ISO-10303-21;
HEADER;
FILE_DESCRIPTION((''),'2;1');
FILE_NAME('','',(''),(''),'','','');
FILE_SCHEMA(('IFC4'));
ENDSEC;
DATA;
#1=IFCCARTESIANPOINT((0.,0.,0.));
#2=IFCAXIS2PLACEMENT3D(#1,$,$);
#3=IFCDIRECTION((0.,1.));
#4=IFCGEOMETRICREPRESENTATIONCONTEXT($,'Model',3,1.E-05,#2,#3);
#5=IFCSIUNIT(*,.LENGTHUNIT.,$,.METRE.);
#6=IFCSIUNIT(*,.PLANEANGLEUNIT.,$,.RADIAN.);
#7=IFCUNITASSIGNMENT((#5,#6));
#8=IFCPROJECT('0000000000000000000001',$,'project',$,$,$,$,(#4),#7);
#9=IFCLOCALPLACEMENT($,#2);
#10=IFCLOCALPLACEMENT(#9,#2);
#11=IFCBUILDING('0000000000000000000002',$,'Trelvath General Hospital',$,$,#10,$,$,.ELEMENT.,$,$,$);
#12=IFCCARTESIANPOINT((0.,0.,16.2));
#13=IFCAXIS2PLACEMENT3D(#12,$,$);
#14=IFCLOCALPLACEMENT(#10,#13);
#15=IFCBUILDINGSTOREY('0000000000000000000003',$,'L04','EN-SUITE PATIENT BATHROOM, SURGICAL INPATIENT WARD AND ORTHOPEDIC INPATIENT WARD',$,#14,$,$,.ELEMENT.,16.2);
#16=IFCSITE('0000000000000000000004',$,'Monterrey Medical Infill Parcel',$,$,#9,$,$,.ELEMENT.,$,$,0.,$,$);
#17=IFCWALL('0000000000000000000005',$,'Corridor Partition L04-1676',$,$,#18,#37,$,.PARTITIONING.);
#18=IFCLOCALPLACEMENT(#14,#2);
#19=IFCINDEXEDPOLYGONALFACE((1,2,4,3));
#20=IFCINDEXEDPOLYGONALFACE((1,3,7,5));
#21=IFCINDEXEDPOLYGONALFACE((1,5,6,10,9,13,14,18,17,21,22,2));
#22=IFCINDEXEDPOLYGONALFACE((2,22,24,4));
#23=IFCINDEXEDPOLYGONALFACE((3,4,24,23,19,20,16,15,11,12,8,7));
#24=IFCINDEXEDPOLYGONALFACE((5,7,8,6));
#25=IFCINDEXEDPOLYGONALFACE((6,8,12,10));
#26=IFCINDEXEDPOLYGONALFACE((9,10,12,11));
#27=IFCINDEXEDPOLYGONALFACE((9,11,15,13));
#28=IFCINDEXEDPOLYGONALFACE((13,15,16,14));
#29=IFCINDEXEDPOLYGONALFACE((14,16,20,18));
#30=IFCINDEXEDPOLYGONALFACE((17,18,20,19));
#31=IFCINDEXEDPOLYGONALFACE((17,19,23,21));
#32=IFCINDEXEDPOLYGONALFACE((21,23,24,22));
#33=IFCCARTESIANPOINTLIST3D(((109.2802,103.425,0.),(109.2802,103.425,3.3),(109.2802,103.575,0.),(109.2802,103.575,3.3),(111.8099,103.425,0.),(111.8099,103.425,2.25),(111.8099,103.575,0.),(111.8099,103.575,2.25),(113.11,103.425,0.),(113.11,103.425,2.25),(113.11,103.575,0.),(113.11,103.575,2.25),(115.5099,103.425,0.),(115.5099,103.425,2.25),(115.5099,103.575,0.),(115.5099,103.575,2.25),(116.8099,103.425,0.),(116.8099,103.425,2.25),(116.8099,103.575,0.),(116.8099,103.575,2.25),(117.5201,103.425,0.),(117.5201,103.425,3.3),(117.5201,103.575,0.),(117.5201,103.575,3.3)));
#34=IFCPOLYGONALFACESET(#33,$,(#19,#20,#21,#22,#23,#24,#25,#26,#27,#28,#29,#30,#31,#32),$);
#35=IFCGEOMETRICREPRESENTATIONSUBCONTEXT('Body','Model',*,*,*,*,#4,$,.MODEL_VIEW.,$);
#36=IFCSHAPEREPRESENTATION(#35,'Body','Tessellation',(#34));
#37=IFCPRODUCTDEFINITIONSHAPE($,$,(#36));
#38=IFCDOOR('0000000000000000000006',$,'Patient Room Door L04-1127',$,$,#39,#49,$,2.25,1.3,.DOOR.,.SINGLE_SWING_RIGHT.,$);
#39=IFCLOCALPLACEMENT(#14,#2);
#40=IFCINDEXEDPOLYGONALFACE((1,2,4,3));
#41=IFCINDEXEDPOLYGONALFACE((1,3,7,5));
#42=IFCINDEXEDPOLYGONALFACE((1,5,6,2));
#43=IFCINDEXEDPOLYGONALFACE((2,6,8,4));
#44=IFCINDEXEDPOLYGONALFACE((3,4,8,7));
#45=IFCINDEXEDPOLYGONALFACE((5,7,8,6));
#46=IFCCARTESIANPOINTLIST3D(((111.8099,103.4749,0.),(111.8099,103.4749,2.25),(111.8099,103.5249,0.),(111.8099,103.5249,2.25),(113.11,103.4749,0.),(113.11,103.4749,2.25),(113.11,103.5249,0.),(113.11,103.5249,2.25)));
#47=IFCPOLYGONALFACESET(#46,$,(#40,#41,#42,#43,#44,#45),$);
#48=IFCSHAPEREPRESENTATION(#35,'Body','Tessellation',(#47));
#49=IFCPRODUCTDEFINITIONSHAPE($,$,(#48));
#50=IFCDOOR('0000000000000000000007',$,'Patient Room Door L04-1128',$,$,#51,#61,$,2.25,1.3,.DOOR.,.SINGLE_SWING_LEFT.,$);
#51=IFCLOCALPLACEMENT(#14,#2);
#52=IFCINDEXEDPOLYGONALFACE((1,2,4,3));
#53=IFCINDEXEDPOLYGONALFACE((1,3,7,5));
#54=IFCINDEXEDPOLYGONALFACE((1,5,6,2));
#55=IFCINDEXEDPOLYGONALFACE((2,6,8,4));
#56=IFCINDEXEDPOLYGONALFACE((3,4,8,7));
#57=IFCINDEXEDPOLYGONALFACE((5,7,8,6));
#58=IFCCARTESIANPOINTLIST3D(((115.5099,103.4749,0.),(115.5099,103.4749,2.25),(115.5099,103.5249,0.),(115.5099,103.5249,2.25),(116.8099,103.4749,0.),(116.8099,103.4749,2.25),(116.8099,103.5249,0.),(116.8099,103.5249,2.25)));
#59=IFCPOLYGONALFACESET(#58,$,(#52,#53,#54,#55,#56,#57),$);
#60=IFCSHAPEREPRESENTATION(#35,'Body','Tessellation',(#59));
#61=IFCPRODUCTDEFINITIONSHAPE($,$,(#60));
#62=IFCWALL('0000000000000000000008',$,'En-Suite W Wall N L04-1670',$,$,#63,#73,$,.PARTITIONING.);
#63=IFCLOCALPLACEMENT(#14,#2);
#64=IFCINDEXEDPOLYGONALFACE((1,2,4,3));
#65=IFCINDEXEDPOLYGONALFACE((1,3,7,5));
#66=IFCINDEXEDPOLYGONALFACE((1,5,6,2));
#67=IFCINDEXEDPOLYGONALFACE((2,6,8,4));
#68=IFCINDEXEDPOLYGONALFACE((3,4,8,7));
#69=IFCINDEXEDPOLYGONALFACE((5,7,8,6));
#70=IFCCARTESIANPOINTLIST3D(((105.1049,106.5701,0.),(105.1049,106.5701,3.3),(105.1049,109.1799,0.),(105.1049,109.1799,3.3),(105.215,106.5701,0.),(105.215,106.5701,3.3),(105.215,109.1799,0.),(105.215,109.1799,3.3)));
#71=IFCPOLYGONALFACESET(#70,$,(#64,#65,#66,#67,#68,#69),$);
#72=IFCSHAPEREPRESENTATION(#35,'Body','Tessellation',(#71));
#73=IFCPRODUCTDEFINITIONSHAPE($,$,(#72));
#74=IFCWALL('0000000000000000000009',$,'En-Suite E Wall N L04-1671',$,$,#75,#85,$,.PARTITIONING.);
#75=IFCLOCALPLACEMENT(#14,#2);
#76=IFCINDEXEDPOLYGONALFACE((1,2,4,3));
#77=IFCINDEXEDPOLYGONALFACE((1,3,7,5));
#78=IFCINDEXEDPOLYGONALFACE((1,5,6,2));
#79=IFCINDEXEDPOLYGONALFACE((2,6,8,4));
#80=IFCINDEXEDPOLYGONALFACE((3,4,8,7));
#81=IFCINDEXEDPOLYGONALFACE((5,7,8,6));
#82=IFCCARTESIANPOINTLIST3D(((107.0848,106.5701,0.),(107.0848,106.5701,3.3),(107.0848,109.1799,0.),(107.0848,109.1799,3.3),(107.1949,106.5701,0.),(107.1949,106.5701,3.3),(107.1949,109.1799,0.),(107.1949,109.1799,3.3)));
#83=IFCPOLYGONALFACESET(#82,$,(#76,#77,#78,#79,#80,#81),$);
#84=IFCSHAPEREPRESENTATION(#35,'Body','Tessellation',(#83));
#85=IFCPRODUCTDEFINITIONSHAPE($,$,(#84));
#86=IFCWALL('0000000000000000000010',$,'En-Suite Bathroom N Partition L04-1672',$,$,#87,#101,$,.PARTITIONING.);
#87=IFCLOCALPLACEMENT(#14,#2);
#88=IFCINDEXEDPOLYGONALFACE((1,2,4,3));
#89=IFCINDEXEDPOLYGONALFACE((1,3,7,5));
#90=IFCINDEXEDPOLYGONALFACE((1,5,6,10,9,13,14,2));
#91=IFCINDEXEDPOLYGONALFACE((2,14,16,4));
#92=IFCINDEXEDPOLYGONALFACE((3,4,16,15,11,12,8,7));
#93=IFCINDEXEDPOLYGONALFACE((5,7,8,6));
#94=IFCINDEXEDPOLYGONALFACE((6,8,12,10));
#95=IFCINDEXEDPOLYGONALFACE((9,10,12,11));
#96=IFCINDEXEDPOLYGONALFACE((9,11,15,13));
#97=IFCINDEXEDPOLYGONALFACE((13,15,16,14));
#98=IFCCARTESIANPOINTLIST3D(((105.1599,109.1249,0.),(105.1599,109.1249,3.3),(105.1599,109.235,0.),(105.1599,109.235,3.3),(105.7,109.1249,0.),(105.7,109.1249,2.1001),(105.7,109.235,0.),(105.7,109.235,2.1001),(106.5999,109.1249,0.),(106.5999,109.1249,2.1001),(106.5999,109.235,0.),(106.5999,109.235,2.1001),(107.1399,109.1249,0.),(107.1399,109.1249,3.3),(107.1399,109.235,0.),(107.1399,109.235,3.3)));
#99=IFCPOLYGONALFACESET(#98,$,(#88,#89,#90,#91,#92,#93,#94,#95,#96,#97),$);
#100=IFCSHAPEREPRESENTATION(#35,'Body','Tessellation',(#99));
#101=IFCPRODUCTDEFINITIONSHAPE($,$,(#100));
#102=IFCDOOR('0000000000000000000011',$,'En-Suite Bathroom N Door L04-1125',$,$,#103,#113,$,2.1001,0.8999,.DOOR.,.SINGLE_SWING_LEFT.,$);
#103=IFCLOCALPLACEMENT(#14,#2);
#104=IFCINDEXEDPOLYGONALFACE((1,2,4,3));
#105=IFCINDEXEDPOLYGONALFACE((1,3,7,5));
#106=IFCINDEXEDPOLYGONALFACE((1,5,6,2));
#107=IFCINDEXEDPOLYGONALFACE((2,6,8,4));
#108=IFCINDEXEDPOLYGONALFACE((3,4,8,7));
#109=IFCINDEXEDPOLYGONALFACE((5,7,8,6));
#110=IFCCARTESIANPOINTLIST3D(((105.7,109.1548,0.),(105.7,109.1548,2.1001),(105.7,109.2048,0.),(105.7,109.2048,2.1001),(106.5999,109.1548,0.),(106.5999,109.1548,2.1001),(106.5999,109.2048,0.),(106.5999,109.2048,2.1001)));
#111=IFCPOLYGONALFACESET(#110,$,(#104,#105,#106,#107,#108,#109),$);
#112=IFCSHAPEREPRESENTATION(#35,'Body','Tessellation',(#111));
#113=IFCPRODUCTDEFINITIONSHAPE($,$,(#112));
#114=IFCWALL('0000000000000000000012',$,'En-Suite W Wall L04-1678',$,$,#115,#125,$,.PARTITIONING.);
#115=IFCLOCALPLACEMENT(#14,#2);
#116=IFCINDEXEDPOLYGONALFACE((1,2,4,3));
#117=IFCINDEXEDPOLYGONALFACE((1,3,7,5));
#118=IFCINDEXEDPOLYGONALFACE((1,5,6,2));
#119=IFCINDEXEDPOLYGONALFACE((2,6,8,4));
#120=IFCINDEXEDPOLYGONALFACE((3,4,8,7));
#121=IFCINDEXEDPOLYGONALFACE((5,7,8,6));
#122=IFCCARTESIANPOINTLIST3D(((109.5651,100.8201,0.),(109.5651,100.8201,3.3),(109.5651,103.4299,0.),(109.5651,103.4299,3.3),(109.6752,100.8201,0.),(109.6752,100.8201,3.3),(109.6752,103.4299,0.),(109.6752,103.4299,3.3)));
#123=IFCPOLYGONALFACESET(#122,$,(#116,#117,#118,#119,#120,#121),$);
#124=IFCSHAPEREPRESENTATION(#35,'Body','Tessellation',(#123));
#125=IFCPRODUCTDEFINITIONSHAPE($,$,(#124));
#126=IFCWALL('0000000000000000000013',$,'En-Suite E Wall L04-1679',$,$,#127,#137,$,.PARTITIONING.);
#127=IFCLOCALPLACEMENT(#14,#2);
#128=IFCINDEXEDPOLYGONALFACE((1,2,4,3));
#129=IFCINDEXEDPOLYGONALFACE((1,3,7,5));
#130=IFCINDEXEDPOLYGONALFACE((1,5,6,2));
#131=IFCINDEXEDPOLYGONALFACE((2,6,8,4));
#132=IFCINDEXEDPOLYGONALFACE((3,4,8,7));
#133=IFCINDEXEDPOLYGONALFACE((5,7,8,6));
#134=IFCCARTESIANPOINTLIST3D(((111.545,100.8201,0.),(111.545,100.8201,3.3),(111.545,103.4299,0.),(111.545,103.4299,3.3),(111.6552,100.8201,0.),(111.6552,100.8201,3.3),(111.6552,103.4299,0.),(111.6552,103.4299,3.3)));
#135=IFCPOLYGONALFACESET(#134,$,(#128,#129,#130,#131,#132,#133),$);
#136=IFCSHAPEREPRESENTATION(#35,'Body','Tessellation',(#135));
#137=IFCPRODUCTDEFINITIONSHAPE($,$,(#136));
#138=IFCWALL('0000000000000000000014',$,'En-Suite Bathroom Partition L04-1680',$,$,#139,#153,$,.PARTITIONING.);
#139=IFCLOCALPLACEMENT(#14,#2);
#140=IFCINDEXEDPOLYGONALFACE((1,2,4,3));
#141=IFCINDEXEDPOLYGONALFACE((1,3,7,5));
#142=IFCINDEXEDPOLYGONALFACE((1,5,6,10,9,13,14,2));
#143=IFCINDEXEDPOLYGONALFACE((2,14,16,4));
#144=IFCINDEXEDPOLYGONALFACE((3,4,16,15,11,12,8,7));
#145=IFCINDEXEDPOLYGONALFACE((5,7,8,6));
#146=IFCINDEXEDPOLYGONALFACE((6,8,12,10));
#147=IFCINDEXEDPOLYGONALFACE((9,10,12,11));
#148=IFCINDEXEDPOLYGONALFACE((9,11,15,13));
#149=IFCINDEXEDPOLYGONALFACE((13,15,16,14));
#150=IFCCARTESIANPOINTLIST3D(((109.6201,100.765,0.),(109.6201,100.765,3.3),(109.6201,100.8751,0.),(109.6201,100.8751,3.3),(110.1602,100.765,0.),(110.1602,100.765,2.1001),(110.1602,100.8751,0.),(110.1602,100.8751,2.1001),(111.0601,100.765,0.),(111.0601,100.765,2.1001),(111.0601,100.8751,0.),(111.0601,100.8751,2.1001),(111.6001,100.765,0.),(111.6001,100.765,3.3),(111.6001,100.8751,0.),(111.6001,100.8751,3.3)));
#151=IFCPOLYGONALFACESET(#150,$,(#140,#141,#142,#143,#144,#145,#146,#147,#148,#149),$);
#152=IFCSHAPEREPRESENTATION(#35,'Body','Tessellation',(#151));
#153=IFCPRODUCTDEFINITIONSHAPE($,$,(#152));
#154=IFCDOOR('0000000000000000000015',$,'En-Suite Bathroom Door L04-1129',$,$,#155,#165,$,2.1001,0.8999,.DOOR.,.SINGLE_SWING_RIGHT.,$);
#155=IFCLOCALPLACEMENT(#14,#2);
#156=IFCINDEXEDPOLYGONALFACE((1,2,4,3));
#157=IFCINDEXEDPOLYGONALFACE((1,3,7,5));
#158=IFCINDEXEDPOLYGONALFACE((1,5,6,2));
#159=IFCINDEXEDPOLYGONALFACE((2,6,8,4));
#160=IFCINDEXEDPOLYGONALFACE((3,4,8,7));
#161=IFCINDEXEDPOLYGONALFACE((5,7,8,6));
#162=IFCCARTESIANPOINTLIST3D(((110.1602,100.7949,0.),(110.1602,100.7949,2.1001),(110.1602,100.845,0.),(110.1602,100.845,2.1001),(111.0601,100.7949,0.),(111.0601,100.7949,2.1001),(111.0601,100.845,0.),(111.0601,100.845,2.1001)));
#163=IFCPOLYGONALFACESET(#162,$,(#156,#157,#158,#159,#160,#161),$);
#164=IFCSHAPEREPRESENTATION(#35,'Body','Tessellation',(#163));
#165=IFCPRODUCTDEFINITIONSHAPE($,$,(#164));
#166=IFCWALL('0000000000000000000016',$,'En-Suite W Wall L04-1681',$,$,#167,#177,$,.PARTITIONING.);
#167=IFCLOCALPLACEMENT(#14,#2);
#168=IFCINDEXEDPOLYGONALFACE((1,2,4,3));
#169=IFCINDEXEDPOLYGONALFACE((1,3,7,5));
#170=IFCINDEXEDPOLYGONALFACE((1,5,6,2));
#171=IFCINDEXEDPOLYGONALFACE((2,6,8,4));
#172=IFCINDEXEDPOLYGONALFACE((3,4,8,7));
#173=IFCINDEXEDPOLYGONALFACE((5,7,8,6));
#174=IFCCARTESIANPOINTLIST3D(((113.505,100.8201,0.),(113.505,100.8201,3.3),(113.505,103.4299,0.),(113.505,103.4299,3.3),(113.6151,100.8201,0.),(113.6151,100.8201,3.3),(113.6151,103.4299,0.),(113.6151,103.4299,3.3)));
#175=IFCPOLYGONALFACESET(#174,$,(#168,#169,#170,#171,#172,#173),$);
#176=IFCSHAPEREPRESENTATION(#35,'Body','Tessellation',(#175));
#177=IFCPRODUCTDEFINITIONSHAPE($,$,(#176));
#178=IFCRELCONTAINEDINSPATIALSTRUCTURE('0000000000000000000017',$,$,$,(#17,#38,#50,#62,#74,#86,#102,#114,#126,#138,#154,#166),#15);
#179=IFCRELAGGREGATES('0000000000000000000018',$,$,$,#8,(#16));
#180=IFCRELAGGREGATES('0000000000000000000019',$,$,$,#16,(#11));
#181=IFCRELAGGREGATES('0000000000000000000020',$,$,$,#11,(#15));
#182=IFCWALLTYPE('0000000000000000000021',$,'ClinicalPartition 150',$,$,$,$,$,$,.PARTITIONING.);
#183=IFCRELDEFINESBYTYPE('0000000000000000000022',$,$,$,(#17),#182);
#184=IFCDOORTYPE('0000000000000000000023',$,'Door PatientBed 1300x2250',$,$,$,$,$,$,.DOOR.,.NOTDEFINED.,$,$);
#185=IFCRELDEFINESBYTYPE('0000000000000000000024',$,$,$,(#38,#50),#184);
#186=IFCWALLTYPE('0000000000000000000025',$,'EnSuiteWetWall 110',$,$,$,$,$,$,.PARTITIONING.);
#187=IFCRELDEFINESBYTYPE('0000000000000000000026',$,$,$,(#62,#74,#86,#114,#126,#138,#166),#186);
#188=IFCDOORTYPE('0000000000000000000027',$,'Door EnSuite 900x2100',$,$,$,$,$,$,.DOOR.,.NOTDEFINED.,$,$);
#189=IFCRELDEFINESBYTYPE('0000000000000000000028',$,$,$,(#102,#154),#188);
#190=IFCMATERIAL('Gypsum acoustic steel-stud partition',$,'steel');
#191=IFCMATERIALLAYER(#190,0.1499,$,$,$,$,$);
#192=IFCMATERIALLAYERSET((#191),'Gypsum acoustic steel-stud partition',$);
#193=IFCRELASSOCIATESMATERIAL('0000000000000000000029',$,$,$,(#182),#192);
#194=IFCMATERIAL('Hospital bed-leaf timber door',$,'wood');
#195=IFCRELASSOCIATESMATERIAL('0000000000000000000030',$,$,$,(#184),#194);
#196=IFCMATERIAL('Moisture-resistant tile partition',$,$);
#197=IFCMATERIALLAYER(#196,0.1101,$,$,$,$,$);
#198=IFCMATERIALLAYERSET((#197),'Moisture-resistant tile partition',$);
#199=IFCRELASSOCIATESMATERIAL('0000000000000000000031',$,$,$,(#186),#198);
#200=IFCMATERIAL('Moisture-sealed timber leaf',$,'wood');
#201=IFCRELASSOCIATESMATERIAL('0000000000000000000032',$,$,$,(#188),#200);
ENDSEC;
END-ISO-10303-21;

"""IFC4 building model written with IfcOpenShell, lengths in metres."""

from ifc_helpers import new_model, si_unit, direction, frame, frame_2d, origin, place, context, subcontext, project, spatial, rectangle, extrude, material, layer, layer_set, type_object, element, fill, save


model = new_model("IFC4")

# Units and contexts
model_context = context("Model", 3, precision=1e-05, world=origin(), true_north=direction((0.0, 1.0)))
body_context = subcontext(model_context, "Body", "Model", "MODEL_VIEW")
ifc_project = project(units=[si_unit("LENGTHUNIT", "METRE"), si_unit("PLANEANGLEUNIT", "RADIAN")], contexts=[model_context])

# Site, building, storey
site_placement = place(None, origin())
site = spatial("IfcSite", under=ifc_project, at=site_placement, Name="Monterrey Medical Infill Parcel", CompositionType="ELEMENT", RefElevation=0.0)
building_placement = place(site_placement, origin())
building = spatial("IfcBuilding", under=site, at=building_placement, Name="Trelvath General Hospital", CompositionType="ELEMENT")
storey_placement = place(building_placement, frame((0.0, 0.0, 16.2)))
storey = spatial("IfcBuildingStorey", under=building, at=storey_placement, Name="L04", Description="EN-SUITE PATIENT BATHROOM, SURGICAL INPATIENT WARD AND ORTHOPEDIC INPATIENT WARD", CompositionType="ELEMENT", Elevation=16.2)

# Wall, openings, doors
ifc_material_1 = material(Name="Gypsum acoustic steel-stud partition", Category="steel")
ifc_layer_1 = layer(ifc_material_1, 0.1499)
ifc_layer_set_1 = layer_set([ifc_layer_1], Name="Gypsum acoustic steel-stud partition")
wall_type_1 = type_object("IfcWallType", Name="ClinicalPartition 150", PredefinedType="PARTITIONING", material=ifc_layer_set_1)
ifc_material_2 = material(Name="Hospital bed-leaf timber door", Category="wood")
door_type_1 = type_object("IfcDoorType", Name="Door PatientBed 1300x2250", OperationType="NOTDEFINED", PredefinedType="DOOR", material=ifc_material_2)
wall_1_placement = place(storey_placement, frame((109.28, 103.5, 0.0), z_axis=(0.0, 0.0, 1.0), x_axis=(1.0, 0.0, 0.0)))
wall_1 = element("IfcWall", 1, at=wall_1_placement, inside=storey, type_object=wall_type_1, Name="Corridor Partition L04-1676", PredefinedType="PARTITIONING", context=body_context, shape_type="SweptSolid", body=[
    extrude(rectangle(XDim=8.24, YDim=0.1499, at=frame_2d((4.1201, 0.0))), origin(), (0.0, 0.0, 1.0), 3.3),
])
opening_1_placement = place(wall_1_placement, frame((2.53, 0.0, 0.0)))
opening_1 = element("IfcOpeningElement", 2, at=opening_1_placement, cuts=wall_1, PredefinedType="OPENING", context=body_context, shape_type="SweptSolid", body=[
    extrude(rectangle(XDim=1.3, YDim=2.25, at=frame_2d((0.6499, 1.125))), frame((0.0, 0.085, 0.0), z_axis=(0.0, -1.0, 0.0), x_axis=(1.0, 0.0, 0.0)), (0.0, 0.0, 1.0), 0.1699),
])
opening_2_placement = place(wall_1_placement, frame((6.23, 0.0, 0.0)))
opening_2 = element("IfcOpeningElement", 3, at=opening_2_placement, cuts=wall_1, PredefinedType="OPENING", context=body_context, shape_type="SweptSolid", body=[
    extrude(rectangle(XDim=1.3, YDim=2.25, at=frame_2d((0.6499, 1.125))), frame((0.0, 0.085, 0.0), z_axis=(0.0, -1.0, 0.0), x_axis=(1.0, 0.0, 0.0)), (0.0, 0.0, 1.0), 0.1699),
])
door_1_placement = place(opening_1_placement, origin())
door_1 = element("IfcDoor", 4, at=door_1_placement, inside=storey, type_object=door_type_1, Name="Patient Room Door L04-1127", OperationType="SINGLE_SWING_RIGHT", OverallHeight=2.25, OverallWidth=1.3, PredefinedType="DOOR", context=body_context, shape_type="SweptSolid", body=[
    extrude(rectangle(XDim=1.3, YDim=2.25, at=frame_2d((0.6499, 1.125))), frame((0.0, 0.0249, 0.0), z_axis=(0.0, -1.0, 0.0), x_axis=(1.0, 0.0, 0.0)), (0.0, 0.0, 1.0), 0.05),
])
fill(opening_1, door_1)
door_2_placement = place(opening_2_placement, origin())
door_2 = element("IfcDoor", 5, at=door_2_placement, inside=storey, type_object=door_type_1, Name="Patient Room Door L04-1128", OperationType="SINGLE_SWING_LEFT", OverallHeight=2.25, OverallWidth=1.3, PredefinedType="DOOR", context=body_context, shape_type="SweptSolid", body=[
    extrude(rectangle(XDim=1.3, YDim=2.25, at=frame_2d((0.6499, 1.125))), frame((0.0, 0.0249, 0.0), z_axis=(0.0, -1.0, 0.0), x_axis=(1.0, 0.0, 0.0)), (0.0, 0.0, 1.0), 0.05),
])
fill(opening_2, door_2)

# Walls
ifc_material_3 = material(Name="Moisture-resistant tile partition")
ifc_layer_2 = layer(ifc_material_3, 0.1101)
ifc_layer_set_2 = layer_set([ifc_layer_2], Name="Moisture-resistant tile partition")
wall_type_2 = type_object("IfcWallType", Name="EnSuiteWetWall 110", PredefinedType="PARTITIONING", material=ifc_layer_set_2)
for number, where, z_axis, x_axis, name in (
    (6, (105.1599, 106.5701, 0.0), (0.0, 0.0, 1.0), (0.0, 1.0, 0.0), "En-Suite W Wall N L04-1670"),
    (7, (107.1399, 106.5701, 0.0), (0.0, 0.0, 1.0), (0.0, 1.0, 0.0), "En-Suite E Wall N L04-1671"),
):
    element("IfcWall", number, at=place(storey_placement, frame(where, z_axis=z_axis, x_axis=x_axis)), inside=storey, type_object=wall_type_2, Name=name, PredefinedType="PARTITIONING", context=body_context, shape_type="SweptSolid", body=[
        extrude(rectangle(XDim=2.6099, YDim=0.1101, at=frame_2d((1.3049, 0.0))), origin(), (0.0, 0.0, 1.0), 3.3),
    ])

# Wall, opening, door
wall_2_placement = place(storey_placement, frame((105.1599, 109.1799, 0.0), z_axis=(0.0, 0.0, 1.0), x_axis=(1.0, 0.0, 0.0)))
wall_2 = element("IfcWall", 8, at=wall_2_placement, inside=storey, type_object=wall_type_2, Name="En-Suite Bathroom N Partition L04-1672", PredefinedType="PARTITIONING", context=body_context, shape_type="SweptSolid", body=[
    extrude(rectangle(XDim=1.98, YDim=0.1101, at=frame_2d((0.99, 0.0))), origin(), (0.0, 0.0, 1.0), 3.3),
])
opening_3_placement = place(wall_2_placement, frame((0.54, 0.0, 0.0)))
opening_3 = element("IfcOpeningElement", 9, at=opening_3_placement, cuts=wall_2, PredefinedType="OPENING", context=body_context, shape_type="SweptSolid", body=[
    extrude(rectangle(XDim=0.8999, YDim=2.1001, at=frame_2d((0.45, 1.05))), frame((0.0, 0.0649, 0.0), z_axis=(0.0, -1.0, 0.0), x_axis=(1.0, 0.0, 0.0)), (0.0, 0.0, 1.0), 0.1301),
])
ifc_material_4 = material(Name="Moisture-sealed timber leaf", Category="wood")
door_type_2 = type_object("IfcDoorType", Name="Door EnSuite 900x2100", OperationType="NOTDEFINED", PredefinedType="DOOR", material=ifc_material_4)
door_3_placement = place(opening_3_placement, origin())
door_3 = element("IfcDoor", 10, at=door_3_placement, inside=storey, type_object=door_type_2, Name="En-Suite Bathroom N Door L04-1125", OperationType="SINGLE_SWING_LEFT", OverallHeight=2.1001, OverallWidth=0.8999, PredefinedType="DOOR", context=body_context, shape_type="SweptSolid", body=[
    extrude(rectangle(XDim=0.8999, YDim=2.1001, at=frame_2d((0.45, 1.05))), frame((0.0, 0.0249, 0.0), z_axis=(0.0, -1.0, 0.0), x_axis=(1.0, 0.0, 0.0)), (0.0, 0.0, 1.0), 0.05),
])
fill(opening_3, door_3)

# Walls
for number, where, z_axis, x_axis, name in (
    (11, (109.6201, 100.8201, 0.0), (0.0, 0.0, 1.0), (0.0, 1.0, 0.0), "En-Suite W Wall L04-1678"),
    (12, (111.6001, 100.8201, 0.0), (0.0, 0.0, 1.0), (0.0, 1.0, 0.0), "En-Suite E Wall L04-1679"),
):
    element("IfcWall", number, at=place(storey_placement, frame(where, z_axis=z_axis, x_axis=x_axis)), inside=storey, type_object=wall_type_2, Name=name, PredefinedType="PARTITIONING", context=body_context, shape_type="SweptSolid", body=[
        extrude(rectangle(XDim=2.6099, YDim=0.1101, at=frame_2d((1.3049, 0.0))), origin(), (0.0, 0.0, 1.0), 3.3),
    ])

# Wall, opening, door
wall_3_placement = place(storey_placement, frame((109.6201, 100.8201, 0.0), z_axis=(0.0, 0.0, 1.0), x_axis=(1.0, 0.0, 0.0)))
wall_3 = element("IfcWall", 13, at=wall_3_placement, inside=storey, type_object=wall_type_2, Name="En-Suite Bathroom Partition L04-1680", PredefinedType="PARTITIONING", context=body_context, shape_type="SweptSolid", body=[
    extrude(rectangle(XDim=1.98, YDim=0.1101, at=frame_2d((0.99, 0.0))), origin(), (0.0, 0.0, 1.0), 3.3),
])
opening_4_placement = place(wall_3_placement, frame((0.54, 0.0, 0.0)))
opening_4 = element("IfcOpeningElement", 14, at=opening_4_placement, cuts=wall_3, PredefinedType="OPENING", context=body_context, shape_type="SweptSolid", body=[
    extrude(rectangle(XDim=0.8999, YDim=2.1001, at=frame_2d((0.45, 1.05))), frame((0.0, 0.0649, 0.0), z_axis=(0.0, -1.0, 0.0), x_axis=(1.0, 0.0, 0.0)), (0.0, 0.0, 1.0), 0.1301),
])
door_4_placement = place(opening_4_placement, origin())
door_4 = element("IfcDoor", 15, at=door_4_placement, inside=storey, type_object=door_type_2, Name="En-Suite Bathroom Door L04-1129", OperationType="SINGLE_SWING_RIGHT", OverallHeight=2.1001, OverallWidth=0.8999, PredefinedType="DOOR", context=body_context, shape_type="SweptSolid", body=[
    extrude(rectangle(XDim=0.8999, YDim=2.1001, at=frame_2d((0.45, 1.05))), frame((0.0, 0.0249, 0.0), z_axis=(0.0, -1.0, 0.0), x_axis=(1.0, 0.0, 0.0)), (0.0, 0.0, 1.0), 0.05),
])
fill(opening_4, door_4)

# Wall
wall_4_placement = place(storey_placement, frame((113.5601, 100.8201, 0.0), z_axis=(0.0, 0.0, 1.0), x_axis=(0.0, 1.0, 0.0)))
element("IfcWall", 16, at=wall_4_placement, inside=storey, type_object=wall_type_2, Name="En-Suite W Wall L04-1681", PredefinedType="PARTITIONING", context=body_context, shape_type="SweptSolid", body=[
    extrude(rectangle(XDim=2.6099, YDim=0.1101, at=frame_2d((1.3049, 0.0))), origin(), (0.0, 0.0, 1.0), 3.3),
])

save(model, "model.ifc")
